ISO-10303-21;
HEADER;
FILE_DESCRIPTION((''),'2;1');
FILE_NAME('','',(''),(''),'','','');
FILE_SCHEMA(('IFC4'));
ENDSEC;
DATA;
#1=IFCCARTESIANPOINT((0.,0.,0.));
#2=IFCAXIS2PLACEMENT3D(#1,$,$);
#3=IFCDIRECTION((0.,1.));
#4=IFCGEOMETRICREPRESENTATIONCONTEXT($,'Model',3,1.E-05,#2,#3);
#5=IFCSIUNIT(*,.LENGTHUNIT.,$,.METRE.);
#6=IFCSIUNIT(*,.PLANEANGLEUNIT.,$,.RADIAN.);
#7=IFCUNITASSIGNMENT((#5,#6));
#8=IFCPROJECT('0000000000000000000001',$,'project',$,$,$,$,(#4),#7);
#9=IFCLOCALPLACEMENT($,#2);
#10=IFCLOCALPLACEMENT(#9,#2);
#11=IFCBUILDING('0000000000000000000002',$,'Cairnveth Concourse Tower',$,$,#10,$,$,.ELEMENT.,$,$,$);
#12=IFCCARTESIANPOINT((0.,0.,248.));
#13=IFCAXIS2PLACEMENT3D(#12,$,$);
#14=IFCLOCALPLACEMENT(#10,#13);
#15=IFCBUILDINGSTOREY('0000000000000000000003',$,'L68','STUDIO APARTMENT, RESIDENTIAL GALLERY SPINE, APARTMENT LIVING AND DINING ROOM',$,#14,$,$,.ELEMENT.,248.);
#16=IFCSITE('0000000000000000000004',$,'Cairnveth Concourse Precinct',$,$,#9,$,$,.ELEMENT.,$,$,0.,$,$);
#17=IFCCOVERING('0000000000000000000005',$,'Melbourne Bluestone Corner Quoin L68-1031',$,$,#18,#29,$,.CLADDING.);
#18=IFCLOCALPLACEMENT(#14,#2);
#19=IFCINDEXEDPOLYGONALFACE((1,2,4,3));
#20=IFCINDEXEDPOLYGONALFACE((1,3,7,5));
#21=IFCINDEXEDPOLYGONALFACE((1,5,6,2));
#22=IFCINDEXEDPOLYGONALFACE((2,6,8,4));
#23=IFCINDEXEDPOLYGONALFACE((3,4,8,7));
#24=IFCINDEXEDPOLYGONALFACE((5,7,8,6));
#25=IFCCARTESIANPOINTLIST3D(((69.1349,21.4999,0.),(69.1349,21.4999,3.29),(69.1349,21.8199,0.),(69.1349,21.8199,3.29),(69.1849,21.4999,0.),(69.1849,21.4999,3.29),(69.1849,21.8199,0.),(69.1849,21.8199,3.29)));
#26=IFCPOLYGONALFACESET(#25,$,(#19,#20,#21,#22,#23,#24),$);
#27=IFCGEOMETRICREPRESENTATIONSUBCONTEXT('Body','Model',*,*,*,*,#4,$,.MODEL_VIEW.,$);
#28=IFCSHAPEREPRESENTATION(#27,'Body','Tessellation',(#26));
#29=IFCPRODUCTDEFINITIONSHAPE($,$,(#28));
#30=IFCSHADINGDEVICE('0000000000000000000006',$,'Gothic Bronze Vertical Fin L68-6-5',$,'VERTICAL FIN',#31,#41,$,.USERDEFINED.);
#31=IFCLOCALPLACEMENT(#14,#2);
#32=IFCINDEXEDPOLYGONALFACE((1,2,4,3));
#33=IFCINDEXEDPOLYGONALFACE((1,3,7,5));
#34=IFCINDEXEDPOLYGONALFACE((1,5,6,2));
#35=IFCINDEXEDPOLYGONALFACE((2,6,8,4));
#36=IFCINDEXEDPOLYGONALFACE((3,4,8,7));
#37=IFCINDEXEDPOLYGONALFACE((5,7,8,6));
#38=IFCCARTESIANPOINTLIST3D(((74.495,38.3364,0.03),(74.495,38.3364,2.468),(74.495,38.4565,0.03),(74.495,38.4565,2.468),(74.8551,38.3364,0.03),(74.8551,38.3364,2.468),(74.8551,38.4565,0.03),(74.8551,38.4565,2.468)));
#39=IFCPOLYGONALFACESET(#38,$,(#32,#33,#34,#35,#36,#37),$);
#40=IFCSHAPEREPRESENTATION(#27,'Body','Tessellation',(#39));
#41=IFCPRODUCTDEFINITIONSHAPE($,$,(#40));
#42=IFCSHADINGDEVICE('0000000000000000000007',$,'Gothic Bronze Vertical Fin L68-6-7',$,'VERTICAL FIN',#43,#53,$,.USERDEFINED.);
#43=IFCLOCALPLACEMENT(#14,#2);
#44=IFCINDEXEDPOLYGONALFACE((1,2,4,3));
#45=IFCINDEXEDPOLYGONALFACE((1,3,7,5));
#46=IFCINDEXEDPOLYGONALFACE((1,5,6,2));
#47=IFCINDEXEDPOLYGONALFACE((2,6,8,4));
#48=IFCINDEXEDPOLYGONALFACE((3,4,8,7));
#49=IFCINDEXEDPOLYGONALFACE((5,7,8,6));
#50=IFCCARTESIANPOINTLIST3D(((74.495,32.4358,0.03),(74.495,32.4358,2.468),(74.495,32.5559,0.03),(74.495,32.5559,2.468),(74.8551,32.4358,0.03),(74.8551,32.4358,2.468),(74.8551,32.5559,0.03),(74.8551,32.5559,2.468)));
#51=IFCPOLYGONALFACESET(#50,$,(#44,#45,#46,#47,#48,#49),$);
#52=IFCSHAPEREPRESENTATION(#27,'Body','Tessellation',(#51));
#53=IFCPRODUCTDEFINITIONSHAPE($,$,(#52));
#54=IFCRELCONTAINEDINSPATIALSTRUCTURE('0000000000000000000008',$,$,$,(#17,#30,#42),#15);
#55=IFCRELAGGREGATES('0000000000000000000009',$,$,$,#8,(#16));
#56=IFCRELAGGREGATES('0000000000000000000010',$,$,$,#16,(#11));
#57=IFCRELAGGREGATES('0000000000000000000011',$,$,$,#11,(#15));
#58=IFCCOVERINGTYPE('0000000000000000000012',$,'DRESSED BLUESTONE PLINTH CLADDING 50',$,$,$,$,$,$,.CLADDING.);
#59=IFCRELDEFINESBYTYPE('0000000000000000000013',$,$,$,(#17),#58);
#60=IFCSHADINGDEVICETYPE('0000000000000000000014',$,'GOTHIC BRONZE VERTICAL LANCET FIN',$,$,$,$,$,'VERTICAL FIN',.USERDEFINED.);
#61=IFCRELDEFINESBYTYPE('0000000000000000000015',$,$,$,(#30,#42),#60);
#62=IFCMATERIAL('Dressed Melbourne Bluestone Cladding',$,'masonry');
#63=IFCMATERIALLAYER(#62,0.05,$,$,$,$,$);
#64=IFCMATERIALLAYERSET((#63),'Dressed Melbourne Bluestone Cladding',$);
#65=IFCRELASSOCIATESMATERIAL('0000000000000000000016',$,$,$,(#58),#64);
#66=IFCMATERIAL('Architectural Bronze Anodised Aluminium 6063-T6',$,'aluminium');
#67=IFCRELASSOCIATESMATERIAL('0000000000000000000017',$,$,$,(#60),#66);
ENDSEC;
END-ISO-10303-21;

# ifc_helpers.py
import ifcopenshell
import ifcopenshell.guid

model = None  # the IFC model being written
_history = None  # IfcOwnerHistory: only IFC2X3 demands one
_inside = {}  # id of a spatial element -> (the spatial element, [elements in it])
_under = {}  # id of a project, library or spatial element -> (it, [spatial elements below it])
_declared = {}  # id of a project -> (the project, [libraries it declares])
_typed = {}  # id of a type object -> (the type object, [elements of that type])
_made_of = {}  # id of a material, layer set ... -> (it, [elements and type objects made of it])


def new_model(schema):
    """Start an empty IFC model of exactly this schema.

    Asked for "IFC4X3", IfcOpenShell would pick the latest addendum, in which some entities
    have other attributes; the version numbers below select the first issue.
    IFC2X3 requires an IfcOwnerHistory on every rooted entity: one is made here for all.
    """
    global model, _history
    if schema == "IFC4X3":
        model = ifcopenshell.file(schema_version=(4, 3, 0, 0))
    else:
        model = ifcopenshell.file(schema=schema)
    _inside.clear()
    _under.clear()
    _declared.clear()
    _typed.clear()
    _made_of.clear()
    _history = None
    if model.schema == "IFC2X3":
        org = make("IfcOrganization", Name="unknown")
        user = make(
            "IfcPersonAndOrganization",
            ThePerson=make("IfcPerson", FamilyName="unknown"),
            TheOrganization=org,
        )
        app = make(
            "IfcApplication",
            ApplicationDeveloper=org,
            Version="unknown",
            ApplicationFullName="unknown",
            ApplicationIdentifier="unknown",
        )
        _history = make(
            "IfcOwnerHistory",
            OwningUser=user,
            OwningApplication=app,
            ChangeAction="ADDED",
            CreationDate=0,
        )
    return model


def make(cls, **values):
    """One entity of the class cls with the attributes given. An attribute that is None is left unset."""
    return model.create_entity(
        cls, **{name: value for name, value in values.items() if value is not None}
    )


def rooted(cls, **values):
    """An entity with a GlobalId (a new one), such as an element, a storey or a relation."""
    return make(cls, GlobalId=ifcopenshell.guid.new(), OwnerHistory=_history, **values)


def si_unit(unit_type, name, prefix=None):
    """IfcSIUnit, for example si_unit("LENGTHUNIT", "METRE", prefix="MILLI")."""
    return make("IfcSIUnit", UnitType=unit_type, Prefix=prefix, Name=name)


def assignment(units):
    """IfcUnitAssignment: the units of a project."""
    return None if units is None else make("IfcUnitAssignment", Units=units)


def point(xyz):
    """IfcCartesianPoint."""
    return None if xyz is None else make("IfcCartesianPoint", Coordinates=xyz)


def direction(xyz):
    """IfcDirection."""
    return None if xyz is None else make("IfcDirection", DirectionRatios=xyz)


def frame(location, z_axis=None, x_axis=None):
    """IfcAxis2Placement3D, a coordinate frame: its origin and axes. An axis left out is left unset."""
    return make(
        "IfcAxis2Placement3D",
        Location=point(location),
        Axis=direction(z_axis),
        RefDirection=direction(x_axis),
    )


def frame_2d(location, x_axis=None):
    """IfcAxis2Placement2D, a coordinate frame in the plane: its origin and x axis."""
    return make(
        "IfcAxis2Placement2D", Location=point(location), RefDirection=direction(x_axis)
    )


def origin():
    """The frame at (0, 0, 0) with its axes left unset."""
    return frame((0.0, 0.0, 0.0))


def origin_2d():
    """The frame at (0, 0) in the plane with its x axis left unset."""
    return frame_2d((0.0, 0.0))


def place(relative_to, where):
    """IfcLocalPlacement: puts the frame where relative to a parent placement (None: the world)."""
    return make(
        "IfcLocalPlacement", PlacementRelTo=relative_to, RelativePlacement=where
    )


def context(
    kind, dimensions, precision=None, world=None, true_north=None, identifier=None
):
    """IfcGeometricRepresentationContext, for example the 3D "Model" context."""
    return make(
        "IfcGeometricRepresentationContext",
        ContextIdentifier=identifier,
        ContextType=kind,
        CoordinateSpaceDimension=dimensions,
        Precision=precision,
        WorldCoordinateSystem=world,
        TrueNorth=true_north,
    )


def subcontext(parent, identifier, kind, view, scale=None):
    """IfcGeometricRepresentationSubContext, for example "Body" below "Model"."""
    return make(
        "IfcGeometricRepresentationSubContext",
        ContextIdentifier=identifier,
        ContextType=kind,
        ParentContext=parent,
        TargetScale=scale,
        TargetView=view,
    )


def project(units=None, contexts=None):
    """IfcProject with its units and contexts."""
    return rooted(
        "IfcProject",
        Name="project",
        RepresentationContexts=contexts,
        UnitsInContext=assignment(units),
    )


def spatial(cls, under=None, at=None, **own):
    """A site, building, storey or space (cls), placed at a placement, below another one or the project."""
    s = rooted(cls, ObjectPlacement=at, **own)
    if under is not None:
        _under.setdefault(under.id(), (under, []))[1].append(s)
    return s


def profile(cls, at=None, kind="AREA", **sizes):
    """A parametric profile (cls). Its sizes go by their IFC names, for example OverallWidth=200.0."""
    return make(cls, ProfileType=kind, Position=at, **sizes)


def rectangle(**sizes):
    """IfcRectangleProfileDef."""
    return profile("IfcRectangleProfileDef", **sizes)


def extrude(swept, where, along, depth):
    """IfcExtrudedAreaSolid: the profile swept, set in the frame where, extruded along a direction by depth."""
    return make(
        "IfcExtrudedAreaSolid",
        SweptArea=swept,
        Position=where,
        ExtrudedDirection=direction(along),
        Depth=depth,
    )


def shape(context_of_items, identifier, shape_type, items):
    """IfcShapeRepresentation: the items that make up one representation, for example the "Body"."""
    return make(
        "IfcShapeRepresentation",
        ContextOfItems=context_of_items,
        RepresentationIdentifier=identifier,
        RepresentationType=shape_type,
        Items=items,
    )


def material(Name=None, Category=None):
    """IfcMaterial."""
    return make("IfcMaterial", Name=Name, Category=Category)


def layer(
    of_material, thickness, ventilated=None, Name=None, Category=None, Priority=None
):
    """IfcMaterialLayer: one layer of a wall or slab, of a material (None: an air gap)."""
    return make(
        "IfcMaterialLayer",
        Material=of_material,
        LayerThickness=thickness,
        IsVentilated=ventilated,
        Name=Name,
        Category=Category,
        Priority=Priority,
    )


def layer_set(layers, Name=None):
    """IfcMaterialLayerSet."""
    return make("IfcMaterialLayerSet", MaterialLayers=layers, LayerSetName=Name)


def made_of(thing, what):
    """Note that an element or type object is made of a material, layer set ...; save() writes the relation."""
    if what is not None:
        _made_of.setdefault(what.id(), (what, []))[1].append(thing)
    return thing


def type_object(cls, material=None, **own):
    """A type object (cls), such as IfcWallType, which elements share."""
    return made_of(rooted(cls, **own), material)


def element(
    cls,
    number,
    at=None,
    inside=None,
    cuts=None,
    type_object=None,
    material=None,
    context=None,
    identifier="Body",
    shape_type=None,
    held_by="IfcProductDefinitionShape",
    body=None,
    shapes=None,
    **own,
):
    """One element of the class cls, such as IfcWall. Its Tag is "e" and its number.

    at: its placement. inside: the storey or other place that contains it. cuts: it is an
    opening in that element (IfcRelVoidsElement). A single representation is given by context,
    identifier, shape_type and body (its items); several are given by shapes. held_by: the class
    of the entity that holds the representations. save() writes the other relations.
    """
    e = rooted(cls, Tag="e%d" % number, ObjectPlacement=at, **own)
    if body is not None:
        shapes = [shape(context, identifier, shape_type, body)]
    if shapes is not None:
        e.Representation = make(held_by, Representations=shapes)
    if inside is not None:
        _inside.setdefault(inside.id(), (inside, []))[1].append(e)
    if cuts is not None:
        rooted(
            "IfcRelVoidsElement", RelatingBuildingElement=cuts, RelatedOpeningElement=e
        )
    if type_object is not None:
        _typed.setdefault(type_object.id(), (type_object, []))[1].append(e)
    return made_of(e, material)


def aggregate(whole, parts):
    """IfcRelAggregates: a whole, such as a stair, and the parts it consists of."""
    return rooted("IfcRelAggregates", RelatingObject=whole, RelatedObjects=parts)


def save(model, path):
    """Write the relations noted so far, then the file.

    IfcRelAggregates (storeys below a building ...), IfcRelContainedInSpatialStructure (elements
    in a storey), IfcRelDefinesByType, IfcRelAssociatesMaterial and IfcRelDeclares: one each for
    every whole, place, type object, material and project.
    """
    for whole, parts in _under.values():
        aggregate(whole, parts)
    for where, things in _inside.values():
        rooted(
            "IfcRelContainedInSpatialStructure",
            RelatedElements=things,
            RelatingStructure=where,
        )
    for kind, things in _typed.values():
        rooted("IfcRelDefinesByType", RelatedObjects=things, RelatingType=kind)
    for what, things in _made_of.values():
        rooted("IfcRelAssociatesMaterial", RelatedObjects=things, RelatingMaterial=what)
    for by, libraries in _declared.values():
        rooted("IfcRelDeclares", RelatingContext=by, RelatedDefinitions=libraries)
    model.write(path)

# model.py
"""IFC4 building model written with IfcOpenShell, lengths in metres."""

from ifc_helpers import new_model, si_unit, direction, frame, frame_2d, origin, origin_2d, place, context, subcontext, project, spatial, rectangle, extrude, material, layer, layer_set, type_object, element, save


model = new_model("IFC4")

# Units and contexts
model_context = context("Model", 3, precision=1e-05, world=origin(), true_north=direction((0.0, 1.0)))
body_context = subcontext(model_context, "Body", "Model", "MODEL_VIEW")
ifc_project = project(units=[si_unit("LENGTHUNIT", "METRE"), si_unit("PLANEANGLEUNIT", "RADIAN")], contexts=[model_context])

# Site, building, storey
site_placement = place(None, origin())
site = spatial("IfcSite", under=ifc_project, at=site_placement, Name="Cairnveth Concourse Precinct", CompositionType="ELEMENT", RefElevation=0.0)
building_placement = place(site_placement, origin())
building = spatial("IfcBuilding", under=site, at=building_placement, Name="Cairnveth Concourse Tower", CompositionType="ELEMENT")
storey_placement = place(building_placement, frame((0.0, 0.0, 248.0)))
storey = spatial("IfcBuildingStorey", under=building, at=storey_placement, Name="L68", Description="STUDIO APARTMENT, RESIDENTIAL GALLERY SPINE, APARTMENT LIVING AND DINING ROOM", CompositionType="ELEMENT", Elevation=248.0)

# Covering
ifc_material_1 = material(Name="Dressed Melbourne Bluestone Cladding", Category="masonry")
ifc_layer_1 = layer(ifc_material_1, 0.05)
ifc_layer_set_1 = layer_set([ifc_layer_1], Name="Dressed Melbourne Bluestone Cladding")
covering_type = type_object("IfcCoveringType", Name="DRESSED BLUESTONE PLINTH CLADDING 50", PredefinedType="CLADDING", material=ifc_layer_set_1)
for number, where, z_axis, x_axis, name in (
    (1, (69.1599, 21.8201, 0.0), (0.0, 0.0, 1.0), (0.0, -1.0, 0.0), "Melbourne Bluestone Corner Quoin L68-1031"),
):
    element("IfcCovering", number, at=place(storey_placement, frame(where, z_axis=z_axis, x_axis=x_axis)), inside=storey, type_object=covering_type, Name=name, PredefinedType="CLADDING", context=body_context, shape_type="SweptSolid", body=[
        extrude(rectangle(XDim=0.3201, YDim=0.05, at=frame_2d((0.1602, 0.0))), origin(), (0.0, 0.0, 1.0), 3.29),
    ])

# Shading devices
ifc_material_2 = material(Name="Architectural Bronze Anodised Aluminium 6063-T6", Category="aluminium")
shading_device_type = type_object("IfcShadingDeviceType", Name="GOTHIC BRONZE VERTICAL LANCET FIN", ElementType="VERTICAL FIN", PredefinedType="USERDEFINED", material=ifc_material_2)
for number, where, z_axis, x_axis, name in (
    (2, (74.675, 38.3965, 0.03), (0.0, 0.0, 1.0), (0.0, 1.0, 0.0), "Gothic Bronze Vertical Fin L68-6-5"),
    (3, (74.675, 32.4958, 0.03), (0.0, 0.0, 1.0), (0.0, 1.0, 0.0), "Gothic Bronze Vertical Fin L68-6-7"),
):
    element("IfcShadingDevice", number, at=place(storey_placement, frame(where, z_axis=z_axis, x_axis=x_axis)), inside=storey, type_object=shading_device_type, Name=name, ObjectType="VERTICAL FIN", PredefinedType="USERDEFINED", context=body_context, shape_type="SweptSolid", body=[
        extrude(rectangle(XDim=0.1201, YDim=0.3601, at=origin_2d()), origin(), (0.0, 0.0, 1.0), 2.438),
    ])

save(model, "model.ifc")
